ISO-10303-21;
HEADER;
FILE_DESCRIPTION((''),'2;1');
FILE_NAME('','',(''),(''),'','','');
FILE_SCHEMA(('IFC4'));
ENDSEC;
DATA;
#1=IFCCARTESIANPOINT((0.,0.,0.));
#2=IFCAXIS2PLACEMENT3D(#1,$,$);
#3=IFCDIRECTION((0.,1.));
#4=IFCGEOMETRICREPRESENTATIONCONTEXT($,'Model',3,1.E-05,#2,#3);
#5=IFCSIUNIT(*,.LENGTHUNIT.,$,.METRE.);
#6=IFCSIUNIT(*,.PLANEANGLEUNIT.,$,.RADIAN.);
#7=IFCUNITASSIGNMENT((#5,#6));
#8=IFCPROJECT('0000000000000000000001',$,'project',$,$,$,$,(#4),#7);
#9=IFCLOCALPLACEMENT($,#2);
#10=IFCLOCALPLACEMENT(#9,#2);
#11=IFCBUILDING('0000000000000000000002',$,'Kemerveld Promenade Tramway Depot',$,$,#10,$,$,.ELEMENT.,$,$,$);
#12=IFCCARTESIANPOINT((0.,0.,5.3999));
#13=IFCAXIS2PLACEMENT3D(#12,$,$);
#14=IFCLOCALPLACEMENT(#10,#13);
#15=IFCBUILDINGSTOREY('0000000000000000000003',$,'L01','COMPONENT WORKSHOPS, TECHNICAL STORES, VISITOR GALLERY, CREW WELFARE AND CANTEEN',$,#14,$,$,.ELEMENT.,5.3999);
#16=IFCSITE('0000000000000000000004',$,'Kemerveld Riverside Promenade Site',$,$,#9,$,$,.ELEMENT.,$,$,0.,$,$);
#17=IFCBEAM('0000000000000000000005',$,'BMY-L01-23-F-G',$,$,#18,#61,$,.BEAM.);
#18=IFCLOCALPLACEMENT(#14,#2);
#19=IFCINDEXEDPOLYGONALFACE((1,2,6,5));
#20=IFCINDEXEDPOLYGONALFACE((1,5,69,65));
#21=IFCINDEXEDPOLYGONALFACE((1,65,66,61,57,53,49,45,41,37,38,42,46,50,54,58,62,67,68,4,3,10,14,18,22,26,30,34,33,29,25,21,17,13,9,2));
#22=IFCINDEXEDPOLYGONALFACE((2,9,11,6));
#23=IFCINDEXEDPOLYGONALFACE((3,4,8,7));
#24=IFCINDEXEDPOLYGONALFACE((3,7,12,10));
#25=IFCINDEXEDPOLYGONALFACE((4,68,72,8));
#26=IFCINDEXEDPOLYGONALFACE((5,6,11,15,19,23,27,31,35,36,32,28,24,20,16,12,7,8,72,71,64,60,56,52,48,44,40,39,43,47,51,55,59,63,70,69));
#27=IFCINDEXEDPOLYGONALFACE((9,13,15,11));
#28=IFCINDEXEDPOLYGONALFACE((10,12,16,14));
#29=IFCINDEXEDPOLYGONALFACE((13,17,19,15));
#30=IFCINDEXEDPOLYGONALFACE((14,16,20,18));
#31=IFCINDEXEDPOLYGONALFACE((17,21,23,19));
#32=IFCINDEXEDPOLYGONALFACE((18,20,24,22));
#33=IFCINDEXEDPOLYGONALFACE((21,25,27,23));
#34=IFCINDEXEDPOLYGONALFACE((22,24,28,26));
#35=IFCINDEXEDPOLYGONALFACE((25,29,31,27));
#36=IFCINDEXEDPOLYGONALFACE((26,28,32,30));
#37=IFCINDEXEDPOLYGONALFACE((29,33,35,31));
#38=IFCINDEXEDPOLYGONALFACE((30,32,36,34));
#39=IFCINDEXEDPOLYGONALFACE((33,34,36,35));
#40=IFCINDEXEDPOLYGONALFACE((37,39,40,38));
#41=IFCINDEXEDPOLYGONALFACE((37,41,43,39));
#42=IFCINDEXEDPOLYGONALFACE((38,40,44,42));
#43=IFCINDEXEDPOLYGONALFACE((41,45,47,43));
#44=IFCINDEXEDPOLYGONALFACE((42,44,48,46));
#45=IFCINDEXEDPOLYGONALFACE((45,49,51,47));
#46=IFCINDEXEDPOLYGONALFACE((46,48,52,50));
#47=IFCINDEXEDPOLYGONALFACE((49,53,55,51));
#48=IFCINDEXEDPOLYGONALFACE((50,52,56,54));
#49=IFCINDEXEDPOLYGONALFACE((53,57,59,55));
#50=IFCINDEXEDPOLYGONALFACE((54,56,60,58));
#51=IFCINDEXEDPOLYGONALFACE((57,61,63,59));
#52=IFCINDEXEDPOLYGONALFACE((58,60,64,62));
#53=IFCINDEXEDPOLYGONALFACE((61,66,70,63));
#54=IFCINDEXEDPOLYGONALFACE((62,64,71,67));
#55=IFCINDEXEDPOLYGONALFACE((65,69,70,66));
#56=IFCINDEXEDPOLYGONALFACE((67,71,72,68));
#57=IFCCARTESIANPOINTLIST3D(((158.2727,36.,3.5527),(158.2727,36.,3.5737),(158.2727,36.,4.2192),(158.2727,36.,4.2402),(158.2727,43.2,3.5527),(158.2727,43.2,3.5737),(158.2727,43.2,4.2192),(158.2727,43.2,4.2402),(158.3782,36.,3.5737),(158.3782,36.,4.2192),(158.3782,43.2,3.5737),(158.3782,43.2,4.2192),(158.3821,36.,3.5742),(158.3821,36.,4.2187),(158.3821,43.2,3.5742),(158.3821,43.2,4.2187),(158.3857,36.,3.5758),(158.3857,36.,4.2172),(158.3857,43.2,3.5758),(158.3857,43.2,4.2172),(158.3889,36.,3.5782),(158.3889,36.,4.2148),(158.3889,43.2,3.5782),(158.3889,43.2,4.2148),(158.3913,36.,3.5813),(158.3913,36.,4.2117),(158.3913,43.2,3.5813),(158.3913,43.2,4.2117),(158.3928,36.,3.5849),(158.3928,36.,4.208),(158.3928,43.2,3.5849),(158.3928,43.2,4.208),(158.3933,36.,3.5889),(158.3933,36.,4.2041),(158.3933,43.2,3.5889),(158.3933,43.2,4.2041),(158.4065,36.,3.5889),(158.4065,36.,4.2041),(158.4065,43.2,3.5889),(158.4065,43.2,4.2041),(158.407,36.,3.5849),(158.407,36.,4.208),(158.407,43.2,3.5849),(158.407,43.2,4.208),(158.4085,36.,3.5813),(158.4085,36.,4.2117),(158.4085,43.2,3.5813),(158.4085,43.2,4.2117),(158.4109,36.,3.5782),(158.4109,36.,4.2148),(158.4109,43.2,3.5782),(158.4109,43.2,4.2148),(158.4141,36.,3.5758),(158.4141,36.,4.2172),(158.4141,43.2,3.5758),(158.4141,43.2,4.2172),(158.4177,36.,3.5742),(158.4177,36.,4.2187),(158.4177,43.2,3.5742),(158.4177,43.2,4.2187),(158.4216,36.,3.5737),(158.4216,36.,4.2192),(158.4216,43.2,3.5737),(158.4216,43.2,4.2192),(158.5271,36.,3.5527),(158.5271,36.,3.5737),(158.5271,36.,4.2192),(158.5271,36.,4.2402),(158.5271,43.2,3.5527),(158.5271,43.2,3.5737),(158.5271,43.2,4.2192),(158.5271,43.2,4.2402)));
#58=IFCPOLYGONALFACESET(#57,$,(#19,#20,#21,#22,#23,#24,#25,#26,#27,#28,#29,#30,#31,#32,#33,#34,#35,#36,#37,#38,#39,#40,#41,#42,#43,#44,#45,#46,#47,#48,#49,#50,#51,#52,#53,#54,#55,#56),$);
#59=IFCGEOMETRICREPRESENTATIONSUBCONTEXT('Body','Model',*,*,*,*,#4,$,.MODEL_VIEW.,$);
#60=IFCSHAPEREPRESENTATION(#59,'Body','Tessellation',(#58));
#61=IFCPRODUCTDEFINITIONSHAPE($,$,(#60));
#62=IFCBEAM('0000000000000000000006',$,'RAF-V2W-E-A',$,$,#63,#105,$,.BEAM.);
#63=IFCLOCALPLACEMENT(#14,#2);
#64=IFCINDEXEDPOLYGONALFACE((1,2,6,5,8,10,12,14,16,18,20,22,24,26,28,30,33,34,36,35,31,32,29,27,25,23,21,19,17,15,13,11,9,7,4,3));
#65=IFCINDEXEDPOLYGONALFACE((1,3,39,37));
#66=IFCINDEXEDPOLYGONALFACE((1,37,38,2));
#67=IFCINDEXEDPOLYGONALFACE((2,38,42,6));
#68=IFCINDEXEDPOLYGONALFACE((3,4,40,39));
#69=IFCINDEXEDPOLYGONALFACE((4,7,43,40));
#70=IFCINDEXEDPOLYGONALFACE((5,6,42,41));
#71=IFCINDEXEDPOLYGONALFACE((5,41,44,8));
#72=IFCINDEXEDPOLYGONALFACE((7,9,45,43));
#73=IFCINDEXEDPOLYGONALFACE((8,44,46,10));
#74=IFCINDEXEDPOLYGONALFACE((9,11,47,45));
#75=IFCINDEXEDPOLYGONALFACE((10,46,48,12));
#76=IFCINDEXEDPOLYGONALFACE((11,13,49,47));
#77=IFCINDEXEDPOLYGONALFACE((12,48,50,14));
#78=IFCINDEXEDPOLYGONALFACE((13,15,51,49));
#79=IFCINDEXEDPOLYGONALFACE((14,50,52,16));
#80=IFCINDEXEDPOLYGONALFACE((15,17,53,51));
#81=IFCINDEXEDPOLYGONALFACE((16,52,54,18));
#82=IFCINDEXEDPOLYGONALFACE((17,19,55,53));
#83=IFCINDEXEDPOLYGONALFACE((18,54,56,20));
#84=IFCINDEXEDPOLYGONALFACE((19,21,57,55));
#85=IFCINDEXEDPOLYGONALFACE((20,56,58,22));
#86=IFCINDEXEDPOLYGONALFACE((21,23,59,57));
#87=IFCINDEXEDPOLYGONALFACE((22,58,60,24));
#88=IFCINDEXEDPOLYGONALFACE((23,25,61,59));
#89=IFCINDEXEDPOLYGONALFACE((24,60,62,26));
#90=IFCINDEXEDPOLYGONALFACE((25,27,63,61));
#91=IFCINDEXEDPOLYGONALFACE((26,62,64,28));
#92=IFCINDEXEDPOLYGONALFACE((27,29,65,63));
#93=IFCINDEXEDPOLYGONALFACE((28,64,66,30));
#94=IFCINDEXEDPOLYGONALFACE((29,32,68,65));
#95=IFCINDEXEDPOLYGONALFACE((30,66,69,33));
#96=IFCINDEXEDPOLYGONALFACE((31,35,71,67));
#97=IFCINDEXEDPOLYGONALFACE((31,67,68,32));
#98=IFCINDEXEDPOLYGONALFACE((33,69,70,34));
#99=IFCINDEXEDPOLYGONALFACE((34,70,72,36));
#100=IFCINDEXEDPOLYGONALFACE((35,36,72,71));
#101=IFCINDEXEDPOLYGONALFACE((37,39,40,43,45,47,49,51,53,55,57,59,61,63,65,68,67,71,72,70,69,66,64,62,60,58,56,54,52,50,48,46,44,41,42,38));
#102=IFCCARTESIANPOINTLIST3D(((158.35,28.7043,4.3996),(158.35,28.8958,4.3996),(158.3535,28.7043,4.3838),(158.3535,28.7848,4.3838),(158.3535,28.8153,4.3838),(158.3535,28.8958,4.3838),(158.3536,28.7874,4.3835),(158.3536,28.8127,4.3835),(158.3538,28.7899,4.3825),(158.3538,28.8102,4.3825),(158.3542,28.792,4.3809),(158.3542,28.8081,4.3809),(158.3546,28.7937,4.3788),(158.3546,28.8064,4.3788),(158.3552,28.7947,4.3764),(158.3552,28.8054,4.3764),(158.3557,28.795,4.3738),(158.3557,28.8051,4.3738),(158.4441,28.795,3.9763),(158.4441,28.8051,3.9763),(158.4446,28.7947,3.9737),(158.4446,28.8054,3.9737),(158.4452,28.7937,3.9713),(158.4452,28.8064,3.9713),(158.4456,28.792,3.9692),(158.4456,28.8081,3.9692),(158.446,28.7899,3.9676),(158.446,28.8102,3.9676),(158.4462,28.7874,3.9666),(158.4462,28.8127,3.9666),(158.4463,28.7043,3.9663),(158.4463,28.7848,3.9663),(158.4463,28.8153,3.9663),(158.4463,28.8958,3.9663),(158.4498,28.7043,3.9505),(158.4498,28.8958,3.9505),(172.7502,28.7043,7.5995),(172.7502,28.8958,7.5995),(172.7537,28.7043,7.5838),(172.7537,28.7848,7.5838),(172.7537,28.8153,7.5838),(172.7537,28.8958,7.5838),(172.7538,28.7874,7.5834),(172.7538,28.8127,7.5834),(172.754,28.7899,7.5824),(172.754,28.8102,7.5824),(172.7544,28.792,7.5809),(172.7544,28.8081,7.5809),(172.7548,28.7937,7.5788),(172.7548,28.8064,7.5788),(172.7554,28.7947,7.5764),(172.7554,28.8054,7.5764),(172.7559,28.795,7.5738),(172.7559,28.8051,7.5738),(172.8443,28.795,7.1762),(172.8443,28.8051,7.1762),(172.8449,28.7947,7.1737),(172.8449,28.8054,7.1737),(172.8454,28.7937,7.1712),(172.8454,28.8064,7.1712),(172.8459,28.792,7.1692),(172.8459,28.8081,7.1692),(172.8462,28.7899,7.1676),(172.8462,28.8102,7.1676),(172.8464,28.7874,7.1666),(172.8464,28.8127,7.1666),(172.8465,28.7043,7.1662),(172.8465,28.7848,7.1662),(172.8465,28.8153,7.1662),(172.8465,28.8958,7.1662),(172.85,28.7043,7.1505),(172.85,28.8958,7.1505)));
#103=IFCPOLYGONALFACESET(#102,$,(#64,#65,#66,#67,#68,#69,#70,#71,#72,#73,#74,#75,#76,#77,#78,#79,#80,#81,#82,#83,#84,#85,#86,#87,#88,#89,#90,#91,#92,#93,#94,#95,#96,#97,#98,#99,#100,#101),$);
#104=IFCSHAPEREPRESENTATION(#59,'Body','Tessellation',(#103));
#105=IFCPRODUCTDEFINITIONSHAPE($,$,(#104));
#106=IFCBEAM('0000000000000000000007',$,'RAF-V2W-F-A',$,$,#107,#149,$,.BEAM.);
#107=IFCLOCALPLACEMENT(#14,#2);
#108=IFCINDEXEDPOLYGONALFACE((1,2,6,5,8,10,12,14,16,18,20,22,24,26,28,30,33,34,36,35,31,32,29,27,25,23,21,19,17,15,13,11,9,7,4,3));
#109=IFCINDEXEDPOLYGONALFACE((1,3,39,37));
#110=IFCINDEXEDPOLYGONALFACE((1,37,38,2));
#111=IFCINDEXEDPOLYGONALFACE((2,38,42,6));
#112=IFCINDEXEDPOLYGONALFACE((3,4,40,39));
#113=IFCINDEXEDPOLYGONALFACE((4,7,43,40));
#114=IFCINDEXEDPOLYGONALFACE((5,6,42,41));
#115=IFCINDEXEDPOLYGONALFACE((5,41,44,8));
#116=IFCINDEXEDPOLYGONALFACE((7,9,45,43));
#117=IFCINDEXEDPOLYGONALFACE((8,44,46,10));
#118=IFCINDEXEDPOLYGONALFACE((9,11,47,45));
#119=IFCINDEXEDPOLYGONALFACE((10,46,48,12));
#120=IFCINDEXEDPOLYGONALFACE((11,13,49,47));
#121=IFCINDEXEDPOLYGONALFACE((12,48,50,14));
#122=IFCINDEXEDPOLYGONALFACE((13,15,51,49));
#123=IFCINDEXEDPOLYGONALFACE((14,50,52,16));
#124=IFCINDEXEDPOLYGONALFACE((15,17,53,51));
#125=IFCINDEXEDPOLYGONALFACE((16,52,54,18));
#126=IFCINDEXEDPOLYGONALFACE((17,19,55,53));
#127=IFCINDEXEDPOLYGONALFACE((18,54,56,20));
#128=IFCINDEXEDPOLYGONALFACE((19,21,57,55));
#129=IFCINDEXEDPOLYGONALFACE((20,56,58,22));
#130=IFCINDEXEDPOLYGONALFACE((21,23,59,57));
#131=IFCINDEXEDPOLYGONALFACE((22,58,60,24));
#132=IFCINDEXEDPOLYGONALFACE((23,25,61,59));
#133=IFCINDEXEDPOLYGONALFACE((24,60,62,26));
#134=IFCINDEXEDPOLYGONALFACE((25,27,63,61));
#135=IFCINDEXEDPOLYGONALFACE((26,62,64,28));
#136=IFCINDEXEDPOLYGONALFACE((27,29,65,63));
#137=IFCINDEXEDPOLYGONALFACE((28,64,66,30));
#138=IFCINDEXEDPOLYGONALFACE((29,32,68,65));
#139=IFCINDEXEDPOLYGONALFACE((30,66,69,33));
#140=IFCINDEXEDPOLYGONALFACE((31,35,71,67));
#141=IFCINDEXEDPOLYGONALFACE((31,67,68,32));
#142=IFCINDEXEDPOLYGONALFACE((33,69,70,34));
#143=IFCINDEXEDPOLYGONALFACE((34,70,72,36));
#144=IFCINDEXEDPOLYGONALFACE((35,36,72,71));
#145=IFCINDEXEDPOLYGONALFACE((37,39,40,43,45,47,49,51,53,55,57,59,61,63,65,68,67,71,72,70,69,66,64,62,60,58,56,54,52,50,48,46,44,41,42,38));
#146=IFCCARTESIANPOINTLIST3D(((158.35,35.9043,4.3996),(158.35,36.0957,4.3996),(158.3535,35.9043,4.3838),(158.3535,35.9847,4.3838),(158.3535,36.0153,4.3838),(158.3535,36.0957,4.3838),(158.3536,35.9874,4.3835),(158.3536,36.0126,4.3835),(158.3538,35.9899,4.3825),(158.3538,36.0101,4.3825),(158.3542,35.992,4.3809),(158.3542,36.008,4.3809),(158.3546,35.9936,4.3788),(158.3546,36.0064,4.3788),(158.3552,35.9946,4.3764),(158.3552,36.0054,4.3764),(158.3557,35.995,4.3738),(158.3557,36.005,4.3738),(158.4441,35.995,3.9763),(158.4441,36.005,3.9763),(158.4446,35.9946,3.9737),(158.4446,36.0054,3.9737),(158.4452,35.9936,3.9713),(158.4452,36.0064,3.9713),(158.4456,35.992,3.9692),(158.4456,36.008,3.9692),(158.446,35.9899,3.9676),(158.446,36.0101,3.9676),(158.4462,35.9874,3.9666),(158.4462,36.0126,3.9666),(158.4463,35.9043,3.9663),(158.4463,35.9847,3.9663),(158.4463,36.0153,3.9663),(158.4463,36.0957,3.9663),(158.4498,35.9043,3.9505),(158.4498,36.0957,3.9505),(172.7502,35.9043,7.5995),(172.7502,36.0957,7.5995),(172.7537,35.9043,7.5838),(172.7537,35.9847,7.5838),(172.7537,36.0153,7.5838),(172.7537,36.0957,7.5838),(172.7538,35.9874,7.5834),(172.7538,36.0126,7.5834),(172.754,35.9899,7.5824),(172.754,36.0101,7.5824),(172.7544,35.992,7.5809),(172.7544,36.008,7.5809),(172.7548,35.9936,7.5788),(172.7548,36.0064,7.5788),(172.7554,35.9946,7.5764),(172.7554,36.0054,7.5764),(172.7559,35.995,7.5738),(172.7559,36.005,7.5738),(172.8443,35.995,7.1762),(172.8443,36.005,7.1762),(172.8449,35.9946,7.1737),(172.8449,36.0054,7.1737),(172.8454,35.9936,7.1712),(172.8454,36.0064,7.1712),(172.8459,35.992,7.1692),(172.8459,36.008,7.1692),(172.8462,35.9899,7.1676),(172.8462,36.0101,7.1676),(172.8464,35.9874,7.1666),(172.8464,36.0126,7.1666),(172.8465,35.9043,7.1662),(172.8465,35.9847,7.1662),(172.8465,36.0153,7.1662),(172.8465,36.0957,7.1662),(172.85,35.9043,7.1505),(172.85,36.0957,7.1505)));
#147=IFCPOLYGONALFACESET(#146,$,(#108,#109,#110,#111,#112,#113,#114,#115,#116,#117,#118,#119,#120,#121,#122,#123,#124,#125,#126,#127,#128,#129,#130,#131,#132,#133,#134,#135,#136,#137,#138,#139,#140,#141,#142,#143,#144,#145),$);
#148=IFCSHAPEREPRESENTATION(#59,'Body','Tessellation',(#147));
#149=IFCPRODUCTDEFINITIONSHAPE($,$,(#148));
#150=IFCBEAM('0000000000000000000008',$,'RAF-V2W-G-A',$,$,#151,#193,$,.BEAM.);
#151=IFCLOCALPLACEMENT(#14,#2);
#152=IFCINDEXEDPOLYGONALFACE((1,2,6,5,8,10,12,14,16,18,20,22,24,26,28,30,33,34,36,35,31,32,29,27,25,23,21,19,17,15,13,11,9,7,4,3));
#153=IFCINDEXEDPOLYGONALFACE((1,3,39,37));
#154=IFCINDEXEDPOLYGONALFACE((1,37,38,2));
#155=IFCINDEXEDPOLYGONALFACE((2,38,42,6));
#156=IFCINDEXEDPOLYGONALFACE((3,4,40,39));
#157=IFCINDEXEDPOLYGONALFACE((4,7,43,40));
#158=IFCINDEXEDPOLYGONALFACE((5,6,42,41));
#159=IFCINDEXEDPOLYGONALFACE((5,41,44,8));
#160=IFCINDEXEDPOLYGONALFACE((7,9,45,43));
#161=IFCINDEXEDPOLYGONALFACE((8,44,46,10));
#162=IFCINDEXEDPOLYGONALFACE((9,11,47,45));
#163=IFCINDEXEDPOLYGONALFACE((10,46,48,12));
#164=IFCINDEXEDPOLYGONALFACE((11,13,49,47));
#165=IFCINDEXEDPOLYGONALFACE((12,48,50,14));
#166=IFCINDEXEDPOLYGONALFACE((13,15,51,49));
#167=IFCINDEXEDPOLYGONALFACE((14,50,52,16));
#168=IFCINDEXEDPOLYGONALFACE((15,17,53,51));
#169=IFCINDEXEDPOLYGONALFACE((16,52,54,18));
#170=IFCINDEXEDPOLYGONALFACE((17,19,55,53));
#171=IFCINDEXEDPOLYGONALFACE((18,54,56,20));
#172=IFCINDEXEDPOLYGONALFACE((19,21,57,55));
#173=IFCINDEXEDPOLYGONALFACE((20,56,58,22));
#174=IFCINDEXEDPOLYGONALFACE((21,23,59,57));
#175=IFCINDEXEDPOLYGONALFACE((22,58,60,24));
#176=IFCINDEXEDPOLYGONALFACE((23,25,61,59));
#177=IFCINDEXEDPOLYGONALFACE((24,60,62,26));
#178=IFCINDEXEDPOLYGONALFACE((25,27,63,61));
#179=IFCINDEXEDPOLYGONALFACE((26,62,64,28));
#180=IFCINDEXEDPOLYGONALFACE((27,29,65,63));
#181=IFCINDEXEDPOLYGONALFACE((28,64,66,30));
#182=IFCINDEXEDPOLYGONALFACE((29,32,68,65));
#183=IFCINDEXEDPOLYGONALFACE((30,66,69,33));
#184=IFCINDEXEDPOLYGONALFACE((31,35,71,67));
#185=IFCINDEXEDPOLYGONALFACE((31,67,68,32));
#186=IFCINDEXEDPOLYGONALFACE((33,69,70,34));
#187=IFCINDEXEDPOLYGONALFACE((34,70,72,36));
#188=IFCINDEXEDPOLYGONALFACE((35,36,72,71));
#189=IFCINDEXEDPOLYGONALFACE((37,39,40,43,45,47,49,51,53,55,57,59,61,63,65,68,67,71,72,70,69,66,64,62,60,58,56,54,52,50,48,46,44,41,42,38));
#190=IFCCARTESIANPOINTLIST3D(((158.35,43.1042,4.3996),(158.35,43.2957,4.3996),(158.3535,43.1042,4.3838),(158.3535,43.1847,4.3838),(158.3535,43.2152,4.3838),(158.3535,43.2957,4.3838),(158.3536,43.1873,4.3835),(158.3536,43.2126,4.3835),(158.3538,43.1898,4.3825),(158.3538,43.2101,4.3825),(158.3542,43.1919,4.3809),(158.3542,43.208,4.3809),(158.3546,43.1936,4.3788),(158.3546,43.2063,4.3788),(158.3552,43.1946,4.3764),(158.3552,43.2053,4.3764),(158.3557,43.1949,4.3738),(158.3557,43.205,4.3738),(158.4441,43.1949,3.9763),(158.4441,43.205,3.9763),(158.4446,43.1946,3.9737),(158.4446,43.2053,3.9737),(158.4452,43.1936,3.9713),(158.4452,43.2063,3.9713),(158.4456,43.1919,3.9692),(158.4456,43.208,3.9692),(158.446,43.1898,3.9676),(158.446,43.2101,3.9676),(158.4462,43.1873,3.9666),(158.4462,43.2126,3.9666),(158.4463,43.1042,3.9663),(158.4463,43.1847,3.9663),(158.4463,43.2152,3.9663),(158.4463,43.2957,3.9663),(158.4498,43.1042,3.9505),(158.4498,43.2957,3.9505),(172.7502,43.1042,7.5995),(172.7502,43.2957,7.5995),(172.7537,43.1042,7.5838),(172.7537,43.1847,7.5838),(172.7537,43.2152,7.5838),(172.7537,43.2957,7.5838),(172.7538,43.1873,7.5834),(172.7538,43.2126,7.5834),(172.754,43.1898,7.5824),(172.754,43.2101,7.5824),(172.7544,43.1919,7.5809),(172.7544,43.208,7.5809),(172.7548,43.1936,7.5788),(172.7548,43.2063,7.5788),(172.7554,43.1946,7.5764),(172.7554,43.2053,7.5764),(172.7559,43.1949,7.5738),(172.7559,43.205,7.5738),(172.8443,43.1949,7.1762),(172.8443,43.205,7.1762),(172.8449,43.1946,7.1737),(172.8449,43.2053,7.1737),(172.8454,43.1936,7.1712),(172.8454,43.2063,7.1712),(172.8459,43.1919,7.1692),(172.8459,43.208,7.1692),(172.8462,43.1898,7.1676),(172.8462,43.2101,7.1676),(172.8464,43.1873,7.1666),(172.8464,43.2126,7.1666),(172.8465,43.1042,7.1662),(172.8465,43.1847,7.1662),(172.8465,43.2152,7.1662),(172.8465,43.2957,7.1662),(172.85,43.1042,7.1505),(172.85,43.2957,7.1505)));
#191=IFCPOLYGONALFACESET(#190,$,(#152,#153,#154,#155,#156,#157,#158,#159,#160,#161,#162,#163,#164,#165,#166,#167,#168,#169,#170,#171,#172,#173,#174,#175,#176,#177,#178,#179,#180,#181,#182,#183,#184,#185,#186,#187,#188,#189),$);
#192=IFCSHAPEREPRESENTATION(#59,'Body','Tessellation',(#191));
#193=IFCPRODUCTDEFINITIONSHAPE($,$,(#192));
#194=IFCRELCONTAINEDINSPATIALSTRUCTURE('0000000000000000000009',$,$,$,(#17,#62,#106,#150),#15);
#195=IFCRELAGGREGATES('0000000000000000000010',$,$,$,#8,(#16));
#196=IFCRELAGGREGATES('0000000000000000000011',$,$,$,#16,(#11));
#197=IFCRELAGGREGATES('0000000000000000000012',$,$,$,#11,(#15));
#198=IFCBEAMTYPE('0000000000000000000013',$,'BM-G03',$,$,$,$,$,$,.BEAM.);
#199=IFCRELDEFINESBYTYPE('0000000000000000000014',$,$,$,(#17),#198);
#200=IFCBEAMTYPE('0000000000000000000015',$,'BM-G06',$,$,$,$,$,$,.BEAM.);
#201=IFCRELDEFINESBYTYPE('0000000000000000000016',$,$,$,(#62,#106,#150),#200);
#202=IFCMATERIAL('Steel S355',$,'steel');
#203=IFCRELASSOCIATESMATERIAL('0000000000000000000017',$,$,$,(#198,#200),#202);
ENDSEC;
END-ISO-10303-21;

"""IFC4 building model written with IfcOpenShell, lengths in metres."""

from ifc_helpers import new_model, si_unit, direction, frame, origin, origin_2d, place, context, subcontext, project, spatial, i_section, extrude, material, material_profile, profile_set, type_object, element, save


model = new_model("IFC4")

# Units and contexts
model_context = context("Model", 3, precision=1e-05, world=origin(), true_north=direction((0.0, 1.0)))
body_context = subcontext(model_context, "Body", "Model", "MODEL_VIEW")
ifc_project = project(units=[si_unit("LENGTHUNIT", "METRE"), si_unit("PLANEANGLEUNIT", "RADIAN")], contexts=[model_context])

# Site, building, storey
site_placement = place(None, origin())
site = spatial("IfcSite", under=ifc_project, at=site_placement, Name="Kemerveld Riverside Promenade Site", CompositionType="ELEMENT", RefElevation=0.0)
building_placement = place(site_placement, origin())
building = spatial("IfcBuilding", under=site, at=building_placement, Name="Kemerveld Promenade Tramway Depot", CompositionType="ELEMENT")
storey_placement = place(building_placement, frame((0.0, 0.0, 5.3999)))
storey = spatial("IfcBuildingStorey", under=building, at=storey_placement, Name="L01", Description="COMPONENT WORKSHOPS, TECHNICAL STORES, VISITOR GALLERY, CREW WELFARE AND CANTEEN", CompositionType="ELEMENT", Elevation=5.3999)

# Shared definitions
ifc_material_1 = material(Name="Steel S355", Category="steel")

# Beams
ifc_material_profile_1 = material_profile(ifc_material_1, i_section(OverallWidth=0.2544, OverallDepth=0.6875, WebThickness=0.0132, FlangeThickness=0.021, FilletRadius=0.0151, at=origin_2d()), Name="686x254x152 UB")
ifc_profile_set_1 = profile_set([ifc_material_profile_1], Name="Steel S355")
beam_type_1 = type_object("IfcBeamType", Name="BM-G03", PredefinedType="BEAM", material=ifc_profile_set_1)
for number, where, z_axis, x_axis, name in (
    (1, (158.3999, 36.0, 3.8965), (0.0, 1.0, 0.0), (-1.0, 0.0, 0.0), "BMY-L01-23-F-G"),
):
    element("IfcBeam", number, at=place(storey_placement, frame(where, z_axis=z_axis, x_axis=x_axis)), inside=storey, type_object=beam_type_1, Name=name, PredefinedType="BEAM", context=body_context, shape_type="SweptSolid", body=[
        extrude(i_section(OverallWidth=0.2544, OverallDepth=0.6875, WebThickness=0.0132, FlangeThickness=0.021, FilletRadius=0.0151, at=origin_2d()), origin(), (0.0, 0.0, 1.0), 7.2),
    ])
ifc_material_profile_2 = material_profile(ifc_material_1, i_section(OverallWidth=0.1914, OverallDepth=0.46, WebThickness=0.01, FlangeThickness=0.0161, FilletRadius=0.0103, at=origin_2d()), Name="457x191x82 UB")
ifc_profile_set_2 = profile_set([ifc_material_profile_2], Name="Steel S355")
beam_type_2 = type_object("IfcBeamType", Name="BM-G06", PredefinedType="BEAM", material=ifc_profile_set_2)
for number, where, z_axis, x_axis, name in (
    (2, (158.3999, 28.8, 4.175), (0.976188, 0.0, 0.216925), (0.0, 1.0, 0.0), "RAF-V2W-E-A"),
    (3, (158.3999, 36.0, 4.175), (0.976188, 0.0, 0.216925), (0.0, 1.0, 0.0), "RAF-V2W-F-A"),
    (4, (158.3999, 43.2, 4.175), (0.976188, 0.0, 0.216925), (0.0, 1.0, 0.0), "RAF-V2W-G-A"),
):
    element("IfcBeam", number, at=place(storey_placement, frame(where, z_axis=z_axis, x_axis=x_axis)), inside=storey, type_object=beam_type_2, Name=name, PredefinedType="BEAM", context=body_context, shape_type="SweptSolid", body=[
        extrude(i_section(OverallWidth=0.1914, OverallDepth=0.46, WebThickness=0.01, FlangeThickness=0.0161, FilletRadius=0.0103, at=origin_2d()), origin(), (0.0, 0.0, 1.0), 14.7515),
    ])

save(model, "model.ifc")
